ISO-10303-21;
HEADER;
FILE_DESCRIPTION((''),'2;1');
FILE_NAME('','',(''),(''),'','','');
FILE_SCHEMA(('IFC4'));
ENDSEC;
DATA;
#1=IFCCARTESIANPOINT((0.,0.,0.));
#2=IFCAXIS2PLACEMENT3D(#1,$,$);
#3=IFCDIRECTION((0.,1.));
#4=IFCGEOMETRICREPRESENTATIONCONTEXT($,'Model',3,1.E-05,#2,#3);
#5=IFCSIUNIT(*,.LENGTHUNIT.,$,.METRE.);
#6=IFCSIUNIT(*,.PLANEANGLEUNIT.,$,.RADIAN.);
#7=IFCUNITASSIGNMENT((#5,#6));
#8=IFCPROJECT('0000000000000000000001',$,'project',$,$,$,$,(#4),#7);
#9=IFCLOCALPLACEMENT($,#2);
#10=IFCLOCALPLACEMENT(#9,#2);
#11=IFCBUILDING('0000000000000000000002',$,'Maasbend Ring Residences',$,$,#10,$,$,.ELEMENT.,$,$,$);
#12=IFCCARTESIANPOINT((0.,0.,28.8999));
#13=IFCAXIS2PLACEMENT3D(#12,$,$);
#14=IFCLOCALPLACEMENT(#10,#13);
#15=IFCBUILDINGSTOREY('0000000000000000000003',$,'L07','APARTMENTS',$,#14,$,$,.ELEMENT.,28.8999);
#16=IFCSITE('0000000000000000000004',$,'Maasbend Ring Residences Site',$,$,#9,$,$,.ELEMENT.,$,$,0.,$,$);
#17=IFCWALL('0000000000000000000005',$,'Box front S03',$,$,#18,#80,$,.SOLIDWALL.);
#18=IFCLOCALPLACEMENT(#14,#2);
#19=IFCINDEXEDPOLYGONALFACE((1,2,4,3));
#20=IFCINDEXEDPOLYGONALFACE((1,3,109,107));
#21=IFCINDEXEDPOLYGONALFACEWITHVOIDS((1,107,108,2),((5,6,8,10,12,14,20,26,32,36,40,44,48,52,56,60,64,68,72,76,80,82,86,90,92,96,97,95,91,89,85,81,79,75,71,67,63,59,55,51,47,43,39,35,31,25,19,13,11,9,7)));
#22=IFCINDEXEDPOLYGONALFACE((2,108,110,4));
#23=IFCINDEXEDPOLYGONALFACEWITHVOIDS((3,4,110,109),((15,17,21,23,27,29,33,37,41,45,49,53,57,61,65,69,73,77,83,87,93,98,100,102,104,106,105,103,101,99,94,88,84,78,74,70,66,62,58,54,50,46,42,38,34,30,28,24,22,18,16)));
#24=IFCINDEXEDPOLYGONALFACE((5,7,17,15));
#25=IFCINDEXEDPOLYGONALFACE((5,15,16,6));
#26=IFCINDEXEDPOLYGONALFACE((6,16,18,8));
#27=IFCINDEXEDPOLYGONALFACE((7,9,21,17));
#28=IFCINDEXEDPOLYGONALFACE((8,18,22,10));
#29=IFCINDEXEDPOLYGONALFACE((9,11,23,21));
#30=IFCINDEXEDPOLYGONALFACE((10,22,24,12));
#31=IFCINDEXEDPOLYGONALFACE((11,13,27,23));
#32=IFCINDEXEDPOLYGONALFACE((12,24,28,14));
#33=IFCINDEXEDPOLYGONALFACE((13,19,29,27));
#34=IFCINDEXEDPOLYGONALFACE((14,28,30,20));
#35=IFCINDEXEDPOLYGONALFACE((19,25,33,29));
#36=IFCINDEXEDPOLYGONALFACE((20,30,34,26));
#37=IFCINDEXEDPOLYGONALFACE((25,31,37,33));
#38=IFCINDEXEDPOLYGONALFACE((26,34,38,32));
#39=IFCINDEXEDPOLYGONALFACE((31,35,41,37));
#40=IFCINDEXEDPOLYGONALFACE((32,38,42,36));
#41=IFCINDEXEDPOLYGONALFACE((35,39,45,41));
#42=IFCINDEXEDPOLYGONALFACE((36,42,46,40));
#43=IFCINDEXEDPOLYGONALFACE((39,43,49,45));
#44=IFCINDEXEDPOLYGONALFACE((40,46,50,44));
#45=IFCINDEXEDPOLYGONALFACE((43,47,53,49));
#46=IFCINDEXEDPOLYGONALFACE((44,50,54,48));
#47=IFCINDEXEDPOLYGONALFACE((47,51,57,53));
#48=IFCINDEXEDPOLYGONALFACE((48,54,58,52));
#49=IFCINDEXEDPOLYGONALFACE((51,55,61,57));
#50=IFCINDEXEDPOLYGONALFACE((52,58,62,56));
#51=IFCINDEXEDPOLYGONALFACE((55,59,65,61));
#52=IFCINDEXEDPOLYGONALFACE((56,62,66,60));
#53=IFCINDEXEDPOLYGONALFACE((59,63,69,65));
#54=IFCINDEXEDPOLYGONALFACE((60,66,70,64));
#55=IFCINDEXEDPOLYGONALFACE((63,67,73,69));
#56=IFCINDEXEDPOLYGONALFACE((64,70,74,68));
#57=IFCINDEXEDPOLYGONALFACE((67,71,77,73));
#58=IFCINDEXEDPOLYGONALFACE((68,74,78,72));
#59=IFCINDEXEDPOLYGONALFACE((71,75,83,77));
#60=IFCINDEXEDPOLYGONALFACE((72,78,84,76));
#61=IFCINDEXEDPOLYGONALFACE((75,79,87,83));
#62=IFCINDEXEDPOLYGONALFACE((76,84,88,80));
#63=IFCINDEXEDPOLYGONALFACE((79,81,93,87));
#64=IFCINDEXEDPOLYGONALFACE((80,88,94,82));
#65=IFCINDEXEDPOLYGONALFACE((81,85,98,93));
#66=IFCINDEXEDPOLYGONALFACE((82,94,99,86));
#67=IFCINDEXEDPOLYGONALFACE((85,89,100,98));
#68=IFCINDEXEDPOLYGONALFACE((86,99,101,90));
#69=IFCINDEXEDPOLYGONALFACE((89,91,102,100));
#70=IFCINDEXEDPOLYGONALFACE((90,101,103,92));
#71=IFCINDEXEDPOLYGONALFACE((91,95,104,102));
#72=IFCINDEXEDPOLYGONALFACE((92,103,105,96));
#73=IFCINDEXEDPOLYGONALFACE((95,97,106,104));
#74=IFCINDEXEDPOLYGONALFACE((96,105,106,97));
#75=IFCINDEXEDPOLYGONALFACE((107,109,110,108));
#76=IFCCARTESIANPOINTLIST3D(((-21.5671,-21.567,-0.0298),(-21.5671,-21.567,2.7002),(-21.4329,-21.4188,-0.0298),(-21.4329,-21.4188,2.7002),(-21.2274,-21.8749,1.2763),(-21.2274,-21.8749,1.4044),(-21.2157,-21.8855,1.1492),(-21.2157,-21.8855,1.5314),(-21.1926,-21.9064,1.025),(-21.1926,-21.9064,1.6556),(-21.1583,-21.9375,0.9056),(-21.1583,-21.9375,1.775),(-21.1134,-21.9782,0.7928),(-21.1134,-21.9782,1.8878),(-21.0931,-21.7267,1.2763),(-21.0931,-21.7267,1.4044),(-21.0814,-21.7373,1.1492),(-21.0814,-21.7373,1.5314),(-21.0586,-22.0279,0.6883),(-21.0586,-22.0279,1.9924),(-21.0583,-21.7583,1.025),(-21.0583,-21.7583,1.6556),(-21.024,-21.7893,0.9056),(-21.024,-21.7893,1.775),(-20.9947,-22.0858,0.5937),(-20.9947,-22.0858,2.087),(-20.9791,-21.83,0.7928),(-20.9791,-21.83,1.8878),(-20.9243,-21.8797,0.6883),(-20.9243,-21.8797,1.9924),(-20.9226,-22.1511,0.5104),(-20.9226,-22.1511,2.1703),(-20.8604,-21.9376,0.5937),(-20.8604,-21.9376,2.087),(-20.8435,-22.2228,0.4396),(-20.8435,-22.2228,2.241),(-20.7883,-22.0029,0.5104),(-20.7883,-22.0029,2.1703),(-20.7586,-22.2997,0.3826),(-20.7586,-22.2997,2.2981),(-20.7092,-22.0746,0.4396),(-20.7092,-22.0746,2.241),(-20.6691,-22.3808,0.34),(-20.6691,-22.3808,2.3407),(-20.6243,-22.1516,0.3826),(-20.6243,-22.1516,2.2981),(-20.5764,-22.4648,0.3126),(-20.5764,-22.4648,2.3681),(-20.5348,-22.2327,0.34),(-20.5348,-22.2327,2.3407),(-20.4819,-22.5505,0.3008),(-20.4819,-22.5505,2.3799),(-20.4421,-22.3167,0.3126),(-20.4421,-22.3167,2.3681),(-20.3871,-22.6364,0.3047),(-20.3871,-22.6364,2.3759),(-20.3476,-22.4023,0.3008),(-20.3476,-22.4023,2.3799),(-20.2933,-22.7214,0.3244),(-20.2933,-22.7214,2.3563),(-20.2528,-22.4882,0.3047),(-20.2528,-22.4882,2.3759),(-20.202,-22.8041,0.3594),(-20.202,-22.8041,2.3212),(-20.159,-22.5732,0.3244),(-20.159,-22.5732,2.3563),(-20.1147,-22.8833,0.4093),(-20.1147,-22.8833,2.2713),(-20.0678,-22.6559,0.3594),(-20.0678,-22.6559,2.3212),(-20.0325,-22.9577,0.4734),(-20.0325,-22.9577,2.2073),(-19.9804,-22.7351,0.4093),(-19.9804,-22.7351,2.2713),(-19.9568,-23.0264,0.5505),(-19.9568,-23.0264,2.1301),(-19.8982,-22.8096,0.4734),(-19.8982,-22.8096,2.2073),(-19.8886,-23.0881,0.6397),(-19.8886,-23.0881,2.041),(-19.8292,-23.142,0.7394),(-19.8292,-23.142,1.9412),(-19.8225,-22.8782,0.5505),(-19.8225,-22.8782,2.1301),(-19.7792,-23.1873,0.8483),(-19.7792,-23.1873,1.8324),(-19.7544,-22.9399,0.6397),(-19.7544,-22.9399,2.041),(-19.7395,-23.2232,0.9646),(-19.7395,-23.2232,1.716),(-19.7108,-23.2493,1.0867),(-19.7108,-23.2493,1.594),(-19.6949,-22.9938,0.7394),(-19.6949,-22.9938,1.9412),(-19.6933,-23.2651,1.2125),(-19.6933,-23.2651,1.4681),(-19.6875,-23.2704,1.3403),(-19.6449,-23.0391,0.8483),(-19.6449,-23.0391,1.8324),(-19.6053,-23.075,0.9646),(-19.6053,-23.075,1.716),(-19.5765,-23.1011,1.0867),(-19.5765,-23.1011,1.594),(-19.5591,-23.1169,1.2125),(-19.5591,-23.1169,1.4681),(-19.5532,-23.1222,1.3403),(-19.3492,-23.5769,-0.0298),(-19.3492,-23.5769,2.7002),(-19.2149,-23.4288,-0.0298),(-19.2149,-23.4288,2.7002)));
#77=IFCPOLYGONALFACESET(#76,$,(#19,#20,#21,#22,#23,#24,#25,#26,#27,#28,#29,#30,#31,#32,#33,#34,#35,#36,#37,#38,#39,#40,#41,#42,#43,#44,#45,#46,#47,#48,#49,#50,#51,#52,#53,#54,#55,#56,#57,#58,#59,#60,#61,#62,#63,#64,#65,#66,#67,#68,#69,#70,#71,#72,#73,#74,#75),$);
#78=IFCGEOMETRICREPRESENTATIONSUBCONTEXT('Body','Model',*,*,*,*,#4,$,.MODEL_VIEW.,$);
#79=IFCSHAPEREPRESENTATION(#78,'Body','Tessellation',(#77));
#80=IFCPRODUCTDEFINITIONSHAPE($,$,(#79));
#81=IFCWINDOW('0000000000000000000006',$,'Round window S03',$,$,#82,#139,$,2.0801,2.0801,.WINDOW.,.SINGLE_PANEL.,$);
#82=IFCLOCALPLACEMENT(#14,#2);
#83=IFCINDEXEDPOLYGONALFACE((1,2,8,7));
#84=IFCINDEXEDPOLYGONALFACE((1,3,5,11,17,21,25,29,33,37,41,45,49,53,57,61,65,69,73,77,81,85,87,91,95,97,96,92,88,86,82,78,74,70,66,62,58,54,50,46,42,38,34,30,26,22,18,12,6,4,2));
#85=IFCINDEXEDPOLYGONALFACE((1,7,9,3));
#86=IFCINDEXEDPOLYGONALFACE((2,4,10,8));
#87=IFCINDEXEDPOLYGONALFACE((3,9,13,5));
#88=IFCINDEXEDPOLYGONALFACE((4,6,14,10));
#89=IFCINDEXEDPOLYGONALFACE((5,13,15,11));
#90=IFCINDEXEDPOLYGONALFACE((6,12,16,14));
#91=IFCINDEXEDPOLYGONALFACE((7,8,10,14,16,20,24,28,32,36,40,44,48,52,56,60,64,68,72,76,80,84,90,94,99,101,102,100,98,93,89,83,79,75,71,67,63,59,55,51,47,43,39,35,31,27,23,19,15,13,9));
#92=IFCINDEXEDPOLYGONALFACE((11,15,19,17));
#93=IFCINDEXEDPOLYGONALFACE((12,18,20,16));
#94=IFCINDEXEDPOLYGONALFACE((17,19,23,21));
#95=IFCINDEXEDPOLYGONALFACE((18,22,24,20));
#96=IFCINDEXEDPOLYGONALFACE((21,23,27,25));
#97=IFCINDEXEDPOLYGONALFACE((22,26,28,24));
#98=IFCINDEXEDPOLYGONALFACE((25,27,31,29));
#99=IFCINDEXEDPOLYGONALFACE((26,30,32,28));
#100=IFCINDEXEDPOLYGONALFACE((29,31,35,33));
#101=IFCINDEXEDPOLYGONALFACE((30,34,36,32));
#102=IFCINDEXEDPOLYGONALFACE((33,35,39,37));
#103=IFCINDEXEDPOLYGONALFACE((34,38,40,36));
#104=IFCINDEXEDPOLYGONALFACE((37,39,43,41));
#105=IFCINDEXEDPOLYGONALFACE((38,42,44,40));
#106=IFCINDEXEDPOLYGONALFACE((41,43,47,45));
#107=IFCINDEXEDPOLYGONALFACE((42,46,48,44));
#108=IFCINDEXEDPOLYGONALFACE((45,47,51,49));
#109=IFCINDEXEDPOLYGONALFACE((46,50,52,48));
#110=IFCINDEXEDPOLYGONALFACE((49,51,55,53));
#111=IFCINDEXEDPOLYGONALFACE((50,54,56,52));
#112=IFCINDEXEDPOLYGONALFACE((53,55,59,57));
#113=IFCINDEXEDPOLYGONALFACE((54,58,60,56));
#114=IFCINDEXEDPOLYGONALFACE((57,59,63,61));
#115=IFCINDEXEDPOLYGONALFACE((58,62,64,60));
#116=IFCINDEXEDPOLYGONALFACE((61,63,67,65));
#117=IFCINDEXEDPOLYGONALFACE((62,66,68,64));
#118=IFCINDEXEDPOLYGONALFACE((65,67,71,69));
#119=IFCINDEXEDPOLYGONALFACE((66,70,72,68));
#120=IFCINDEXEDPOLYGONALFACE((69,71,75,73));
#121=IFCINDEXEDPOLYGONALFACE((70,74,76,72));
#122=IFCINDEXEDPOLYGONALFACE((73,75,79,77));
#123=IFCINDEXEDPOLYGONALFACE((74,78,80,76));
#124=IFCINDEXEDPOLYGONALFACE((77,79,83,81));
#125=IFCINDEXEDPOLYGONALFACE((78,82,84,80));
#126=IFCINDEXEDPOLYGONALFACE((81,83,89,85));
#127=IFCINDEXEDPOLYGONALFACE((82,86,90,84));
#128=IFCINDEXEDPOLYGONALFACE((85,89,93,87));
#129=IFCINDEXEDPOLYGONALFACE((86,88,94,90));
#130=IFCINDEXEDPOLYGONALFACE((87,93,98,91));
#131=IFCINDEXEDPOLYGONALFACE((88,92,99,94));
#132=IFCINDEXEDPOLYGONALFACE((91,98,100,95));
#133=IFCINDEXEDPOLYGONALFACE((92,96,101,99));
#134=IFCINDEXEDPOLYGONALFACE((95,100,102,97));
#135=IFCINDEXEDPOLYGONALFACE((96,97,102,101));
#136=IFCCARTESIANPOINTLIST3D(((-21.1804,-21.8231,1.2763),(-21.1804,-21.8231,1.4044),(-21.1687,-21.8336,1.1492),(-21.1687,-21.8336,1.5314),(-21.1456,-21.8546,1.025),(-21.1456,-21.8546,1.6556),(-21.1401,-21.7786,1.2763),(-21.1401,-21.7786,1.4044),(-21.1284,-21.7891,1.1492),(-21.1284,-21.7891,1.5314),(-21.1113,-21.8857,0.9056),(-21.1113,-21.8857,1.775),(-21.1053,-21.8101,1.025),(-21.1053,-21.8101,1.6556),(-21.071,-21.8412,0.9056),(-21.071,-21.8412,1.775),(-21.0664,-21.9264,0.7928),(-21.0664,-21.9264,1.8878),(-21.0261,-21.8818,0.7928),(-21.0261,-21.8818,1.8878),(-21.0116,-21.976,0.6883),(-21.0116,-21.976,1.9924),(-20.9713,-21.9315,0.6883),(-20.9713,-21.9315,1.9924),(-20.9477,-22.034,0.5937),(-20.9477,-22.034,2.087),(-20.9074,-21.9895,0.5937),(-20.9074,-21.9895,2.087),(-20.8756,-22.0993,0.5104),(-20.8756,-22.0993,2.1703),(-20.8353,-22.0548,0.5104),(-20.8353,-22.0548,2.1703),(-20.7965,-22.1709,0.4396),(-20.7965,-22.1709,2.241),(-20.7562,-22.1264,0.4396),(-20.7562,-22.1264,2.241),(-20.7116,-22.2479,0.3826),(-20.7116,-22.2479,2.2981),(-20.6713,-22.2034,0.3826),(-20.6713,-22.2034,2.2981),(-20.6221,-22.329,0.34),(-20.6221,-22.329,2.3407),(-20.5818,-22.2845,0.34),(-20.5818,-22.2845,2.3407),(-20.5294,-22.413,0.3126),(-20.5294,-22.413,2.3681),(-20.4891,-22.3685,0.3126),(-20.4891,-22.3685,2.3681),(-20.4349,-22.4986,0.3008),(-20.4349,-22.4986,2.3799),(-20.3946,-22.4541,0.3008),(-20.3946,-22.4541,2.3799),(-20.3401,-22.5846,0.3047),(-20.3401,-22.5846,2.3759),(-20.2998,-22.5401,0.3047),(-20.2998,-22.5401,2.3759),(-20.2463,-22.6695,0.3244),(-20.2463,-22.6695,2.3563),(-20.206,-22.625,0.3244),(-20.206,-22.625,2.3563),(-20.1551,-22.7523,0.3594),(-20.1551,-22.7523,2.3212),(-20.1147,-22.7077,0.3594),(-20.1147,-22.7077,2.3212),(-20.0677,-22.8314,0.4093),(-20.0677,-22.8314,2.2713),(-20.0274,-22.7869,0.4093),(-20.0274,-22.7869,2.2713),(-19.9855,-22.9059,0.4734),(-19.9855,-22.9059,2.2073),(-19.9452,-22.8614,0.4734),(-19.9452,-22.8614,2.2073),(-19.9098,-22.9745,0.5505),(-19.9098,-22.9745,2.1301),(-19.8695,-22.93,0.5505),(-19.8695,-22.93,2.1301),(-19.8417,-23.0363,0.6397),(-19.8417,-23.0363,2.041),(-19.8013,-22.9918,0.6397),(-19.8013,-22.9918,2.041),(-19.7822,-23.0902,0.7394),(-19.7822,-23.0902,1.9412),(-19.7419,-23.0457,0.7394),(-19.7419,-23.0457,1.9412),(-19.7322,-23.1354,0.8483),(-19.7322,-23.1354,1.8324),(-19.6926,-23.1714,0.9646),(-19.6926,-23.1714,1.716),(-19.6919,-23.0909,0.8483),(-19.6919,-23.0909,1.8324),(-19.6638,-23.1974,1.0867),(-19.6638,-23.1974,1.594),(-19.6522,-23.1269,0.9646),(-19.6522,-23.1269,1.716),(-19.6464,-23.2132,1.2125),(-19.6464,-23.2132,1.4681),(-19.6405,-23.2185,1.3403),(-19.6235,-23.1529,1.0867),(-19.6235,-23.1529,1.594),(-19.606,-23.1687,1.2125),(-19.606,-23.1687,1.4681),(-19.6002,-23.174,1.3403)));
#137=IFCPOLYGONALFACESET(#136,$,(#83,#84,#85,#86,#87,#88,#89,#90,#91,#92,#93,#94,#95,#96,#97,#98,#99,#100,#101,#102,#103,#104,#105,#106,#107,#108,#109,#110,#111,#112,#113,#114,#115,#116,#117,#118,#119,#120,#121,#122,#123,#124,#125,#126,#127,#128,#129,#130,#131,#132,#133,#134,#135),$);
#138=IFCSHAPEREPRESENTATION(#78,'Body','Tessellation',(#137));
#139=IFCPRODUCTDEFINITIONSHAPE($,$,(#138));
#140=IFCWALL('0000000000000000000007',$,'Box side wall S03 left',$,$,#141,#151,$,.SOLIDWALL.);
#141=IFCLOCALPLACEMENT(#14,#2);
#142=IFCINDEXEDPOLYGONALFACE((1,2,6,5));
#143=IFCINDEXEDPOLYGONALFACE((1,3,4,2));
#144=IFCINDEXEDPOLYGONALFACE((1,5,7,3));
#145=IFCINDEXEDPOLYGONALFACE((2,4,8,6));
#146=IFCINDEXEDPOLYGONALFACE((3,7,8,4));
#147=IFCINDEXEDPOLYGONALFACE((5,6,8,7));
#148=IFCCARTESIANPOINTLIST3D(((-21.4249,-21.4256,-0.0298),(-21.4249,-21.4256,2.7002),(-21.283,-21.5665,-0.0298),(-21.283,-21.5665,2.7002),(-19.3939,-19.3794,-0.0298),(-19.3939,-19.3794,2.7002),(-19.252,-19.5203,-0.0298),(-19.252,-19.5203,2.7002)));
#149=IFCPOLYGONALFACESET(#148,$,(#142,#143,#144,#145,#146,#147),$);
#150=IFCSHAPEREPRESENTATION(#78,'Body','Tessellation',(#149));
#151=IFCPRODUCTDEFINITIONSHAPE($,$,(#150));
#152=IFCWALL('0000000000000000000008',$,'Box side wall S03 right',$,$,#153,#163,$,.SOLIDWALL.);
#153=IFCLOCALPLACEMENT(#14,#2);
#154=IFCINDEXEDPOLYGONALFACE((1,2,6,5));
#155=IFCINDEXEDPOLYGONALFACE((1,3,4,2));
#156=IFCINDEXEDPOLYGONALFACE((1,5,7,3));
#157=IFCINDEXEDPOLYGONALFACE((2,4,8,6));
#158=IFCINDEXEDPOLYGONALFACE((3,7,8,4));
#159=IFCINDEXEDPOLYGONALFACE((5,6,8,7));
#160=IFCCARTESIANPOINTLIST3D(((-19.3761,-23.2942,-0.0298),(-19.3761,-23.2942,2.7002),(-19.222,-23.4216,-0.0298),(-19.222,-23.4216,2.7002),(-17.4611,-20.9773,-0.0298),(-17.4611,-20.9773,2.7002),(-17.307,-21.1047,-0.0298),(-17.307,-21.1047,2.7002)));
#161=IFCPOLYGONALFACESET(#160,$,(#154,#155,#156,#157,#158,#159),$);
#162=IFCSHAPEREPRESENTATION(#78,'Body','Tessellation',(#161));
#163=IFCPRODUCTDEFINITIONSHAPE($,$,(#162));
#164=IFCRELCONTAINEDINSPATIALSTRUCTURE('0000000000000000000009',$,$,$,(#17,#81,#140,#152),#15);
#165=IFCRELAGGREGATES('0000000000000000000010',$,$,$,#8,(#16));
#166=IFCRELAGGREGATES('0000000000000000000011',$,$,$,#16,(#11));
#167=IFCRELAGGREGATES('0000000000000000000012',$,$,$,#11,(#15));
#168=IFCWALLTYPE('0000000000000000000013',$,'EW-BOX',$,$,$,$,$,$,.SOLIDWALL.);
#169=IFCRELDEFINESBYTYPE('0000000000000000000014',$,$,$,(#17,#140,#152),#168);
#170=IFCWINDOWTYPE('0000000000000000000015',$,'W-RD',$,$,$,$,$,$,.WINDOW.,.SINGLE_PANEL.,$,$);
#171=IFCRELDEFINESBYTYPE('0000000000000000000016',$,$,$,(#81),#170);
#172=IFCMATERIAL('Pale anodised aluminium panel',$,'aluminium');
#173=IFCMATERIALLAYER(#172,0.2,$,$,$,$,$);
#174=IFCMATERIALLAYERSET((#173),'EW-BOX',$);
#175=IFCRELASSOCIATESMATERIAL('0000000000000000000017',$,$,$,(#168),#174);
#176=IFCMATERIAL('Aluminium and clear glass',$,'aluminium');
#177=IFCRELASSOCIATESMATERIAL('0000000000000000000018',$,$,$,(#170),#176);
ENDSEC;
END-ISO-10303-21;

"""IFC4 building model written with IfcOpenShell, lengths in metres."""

from ifc_helpers import new_model, si_unit, direction, frame, frame_2d, origin, place, context, subcontext, project, spatial, rectangle, circle, extrude, material, layer, layer_set, type_object, element, fill, save


model = new_model("IFC4")

# Units and contexts
model_context = context("Model", 3, precision=1e-05, world=origin(), true_north=direction((0.0, 1.0)))
body_context = subcontext(model_context, "Body", "Model", "MODEL_VIEW")
ifc_project = project(units=[si_unit("LENGTHUNIT", "METRE"), si_unit("PLANEANGLEUNIT", "RADIAN")], contexts=[model_context])

# Site, building, storey
site_placement = place(None, origin())
site = spatial("IfcSite", under=ifc_project, at=site_placement, Name="Maasbend Ring Residences Site", CompositionType="ELEMENT", RefElevation=0.0)
building_placement = place(site_placement, origin())
building = spatial("IfcBuilding", under=site, at=building_placement, Name="Maasbend Ring Residences", CompositionType="ELEMENT")
storey_placement = place(building_placement, frame((0.0, 0.0, 28.8999)))
storey = spatial("IfcBuildingStorey", under=building, at=storey_placement, Name="L07", Description="APARTMENTS", CompositionType="ELEMENT", Elevation=28.8999)

# Shared definitions
ifc_material_1 = material(Name="Pale anodised aluminium panel", Category="aluminium")
ifc_layer_1 = layer(ifc_material_1, 0.2)
ifc_layer_set_1 = layer_set([ifc_layer_1], Name="EW-BOX")
wall_type_1 = type_object("IfcWallType", Name="EW-BOX", PredefinedType="SOLIDWALL", material=ifc_layer_set_1)
ifc_material_2 = material(Name="Aluminium and clear glass", Category="aluminium")
window_type_1 = type_object("IfcWindowType", Name="W-RD", PartitioningType="SINGLE_PANEL", PredefinedType="WINDOW", material=ifc_material_2)

# Wall, opening, window
wall_1_placement = place(storey_placement, frame((-21.5, -21.4929, -0.0298), z_axis=(0.0, 0.0, 1.0), x_axis=(0.740998, -0.671507, 0.0)))
wall_1 = element("IfcWall", 1, at=wall_1_placement, inside=storey, type_object=wall_type_1, Name="Box front S03", PredefinedType="SOLIDWALL", context=body_context, shape_type="SweptSolid", body=[
    extrude(rectangle(XDim=2.9932, YDim=0.2, at=frame_2d((1.4966, 0.0))), origin(), (0.0, 0.0, 1.0), 2.73),
])
opening_1_placement = place(wall_1_placement, frame((0.4565, 0.0, 0.3301)))
opening_1 = element("IfcOpeningElement", 2, at=opening_1_placement, cuts=wall_1, PredefinedType="OPENING", context=body_context, shape_type="SweptSolid", body=[
    extrude(circle(Radius=1.04, at=frame_2d((1.04, 1.04))), frame((0.0, 0.1099, 0.0), z_axis=(0.0, -1.0, 0.0), x_axis=(1.0, 0.0, 0.0)), (0.0, 0.0, 1.0), 0.22),
])
window_1_placement = place(opening_1_placement, origin())
window_1 = element("IfcWindow", 3, at=window_1_placement, inside=storey, type_object=window_type_1, Name="Round window S03", OverallHeight=2.0801, OverallWidth=2.0801, PartitioningType="SINGLE_PANEL", PredefinedType="WINDOW", context=body_context, shape_type="SweptSolid", body=[
    extrude(circle(Radius=1.04, at=frame_2d((1.04, 1.04))), frame((0.0, 0.03, 0.0), z_axis=(0.0, -1.0, 0.0), x_axis=(1.0, 0.0, 0.0)), (0.0, 0.0, 1.0), 0.0601),
])
fill(opening_1, window_1)

# Walls
wall_2_placement = place(storey_placement, frame((-19.323, -19.45, -0.0298), z_axis=(0.0, 0.0, 1.0), x_axis=(-0.704477, -0.709727, 0.0)))
element("IfcWall", 4, at=wall_2_placement, inside=storey, type_object=wall_type_1, Name="Box side wall S03 left", PredefinedType="SOLIDWALL", context=body_context, shape_type="SweptSolid", body=[
    extrude(rectangle(XDim=2.8831, YDim=0.2, at=frame_2d((1.4414, 0.0))), origin(), (0.0, 0.0, 1.0), 2.73),
])
wall_3_placement = place(storey_placement, frame((-17.384, -21.041, -0.0298), z_axis=(0.0, 0.0, 1.0), x_axis=(-0.637096, -0.770785, 0.0)))
element("IfcWall", 5, at=wall_3_placement, inside=storey, type_object=wall_type_1, Name="Box side wall S03 right", PredefinedType="SOLIDWALL", context=body_context, shape_type="SweptSolid", body=[
    extrude(rectangle(XDim=3.0059, YDim=0.2, at=frame_2d((1.5029, 0.0))), origin(), (0.0, 0.0, 1.0), 2.73),
])

save(model, "model.ifc")
